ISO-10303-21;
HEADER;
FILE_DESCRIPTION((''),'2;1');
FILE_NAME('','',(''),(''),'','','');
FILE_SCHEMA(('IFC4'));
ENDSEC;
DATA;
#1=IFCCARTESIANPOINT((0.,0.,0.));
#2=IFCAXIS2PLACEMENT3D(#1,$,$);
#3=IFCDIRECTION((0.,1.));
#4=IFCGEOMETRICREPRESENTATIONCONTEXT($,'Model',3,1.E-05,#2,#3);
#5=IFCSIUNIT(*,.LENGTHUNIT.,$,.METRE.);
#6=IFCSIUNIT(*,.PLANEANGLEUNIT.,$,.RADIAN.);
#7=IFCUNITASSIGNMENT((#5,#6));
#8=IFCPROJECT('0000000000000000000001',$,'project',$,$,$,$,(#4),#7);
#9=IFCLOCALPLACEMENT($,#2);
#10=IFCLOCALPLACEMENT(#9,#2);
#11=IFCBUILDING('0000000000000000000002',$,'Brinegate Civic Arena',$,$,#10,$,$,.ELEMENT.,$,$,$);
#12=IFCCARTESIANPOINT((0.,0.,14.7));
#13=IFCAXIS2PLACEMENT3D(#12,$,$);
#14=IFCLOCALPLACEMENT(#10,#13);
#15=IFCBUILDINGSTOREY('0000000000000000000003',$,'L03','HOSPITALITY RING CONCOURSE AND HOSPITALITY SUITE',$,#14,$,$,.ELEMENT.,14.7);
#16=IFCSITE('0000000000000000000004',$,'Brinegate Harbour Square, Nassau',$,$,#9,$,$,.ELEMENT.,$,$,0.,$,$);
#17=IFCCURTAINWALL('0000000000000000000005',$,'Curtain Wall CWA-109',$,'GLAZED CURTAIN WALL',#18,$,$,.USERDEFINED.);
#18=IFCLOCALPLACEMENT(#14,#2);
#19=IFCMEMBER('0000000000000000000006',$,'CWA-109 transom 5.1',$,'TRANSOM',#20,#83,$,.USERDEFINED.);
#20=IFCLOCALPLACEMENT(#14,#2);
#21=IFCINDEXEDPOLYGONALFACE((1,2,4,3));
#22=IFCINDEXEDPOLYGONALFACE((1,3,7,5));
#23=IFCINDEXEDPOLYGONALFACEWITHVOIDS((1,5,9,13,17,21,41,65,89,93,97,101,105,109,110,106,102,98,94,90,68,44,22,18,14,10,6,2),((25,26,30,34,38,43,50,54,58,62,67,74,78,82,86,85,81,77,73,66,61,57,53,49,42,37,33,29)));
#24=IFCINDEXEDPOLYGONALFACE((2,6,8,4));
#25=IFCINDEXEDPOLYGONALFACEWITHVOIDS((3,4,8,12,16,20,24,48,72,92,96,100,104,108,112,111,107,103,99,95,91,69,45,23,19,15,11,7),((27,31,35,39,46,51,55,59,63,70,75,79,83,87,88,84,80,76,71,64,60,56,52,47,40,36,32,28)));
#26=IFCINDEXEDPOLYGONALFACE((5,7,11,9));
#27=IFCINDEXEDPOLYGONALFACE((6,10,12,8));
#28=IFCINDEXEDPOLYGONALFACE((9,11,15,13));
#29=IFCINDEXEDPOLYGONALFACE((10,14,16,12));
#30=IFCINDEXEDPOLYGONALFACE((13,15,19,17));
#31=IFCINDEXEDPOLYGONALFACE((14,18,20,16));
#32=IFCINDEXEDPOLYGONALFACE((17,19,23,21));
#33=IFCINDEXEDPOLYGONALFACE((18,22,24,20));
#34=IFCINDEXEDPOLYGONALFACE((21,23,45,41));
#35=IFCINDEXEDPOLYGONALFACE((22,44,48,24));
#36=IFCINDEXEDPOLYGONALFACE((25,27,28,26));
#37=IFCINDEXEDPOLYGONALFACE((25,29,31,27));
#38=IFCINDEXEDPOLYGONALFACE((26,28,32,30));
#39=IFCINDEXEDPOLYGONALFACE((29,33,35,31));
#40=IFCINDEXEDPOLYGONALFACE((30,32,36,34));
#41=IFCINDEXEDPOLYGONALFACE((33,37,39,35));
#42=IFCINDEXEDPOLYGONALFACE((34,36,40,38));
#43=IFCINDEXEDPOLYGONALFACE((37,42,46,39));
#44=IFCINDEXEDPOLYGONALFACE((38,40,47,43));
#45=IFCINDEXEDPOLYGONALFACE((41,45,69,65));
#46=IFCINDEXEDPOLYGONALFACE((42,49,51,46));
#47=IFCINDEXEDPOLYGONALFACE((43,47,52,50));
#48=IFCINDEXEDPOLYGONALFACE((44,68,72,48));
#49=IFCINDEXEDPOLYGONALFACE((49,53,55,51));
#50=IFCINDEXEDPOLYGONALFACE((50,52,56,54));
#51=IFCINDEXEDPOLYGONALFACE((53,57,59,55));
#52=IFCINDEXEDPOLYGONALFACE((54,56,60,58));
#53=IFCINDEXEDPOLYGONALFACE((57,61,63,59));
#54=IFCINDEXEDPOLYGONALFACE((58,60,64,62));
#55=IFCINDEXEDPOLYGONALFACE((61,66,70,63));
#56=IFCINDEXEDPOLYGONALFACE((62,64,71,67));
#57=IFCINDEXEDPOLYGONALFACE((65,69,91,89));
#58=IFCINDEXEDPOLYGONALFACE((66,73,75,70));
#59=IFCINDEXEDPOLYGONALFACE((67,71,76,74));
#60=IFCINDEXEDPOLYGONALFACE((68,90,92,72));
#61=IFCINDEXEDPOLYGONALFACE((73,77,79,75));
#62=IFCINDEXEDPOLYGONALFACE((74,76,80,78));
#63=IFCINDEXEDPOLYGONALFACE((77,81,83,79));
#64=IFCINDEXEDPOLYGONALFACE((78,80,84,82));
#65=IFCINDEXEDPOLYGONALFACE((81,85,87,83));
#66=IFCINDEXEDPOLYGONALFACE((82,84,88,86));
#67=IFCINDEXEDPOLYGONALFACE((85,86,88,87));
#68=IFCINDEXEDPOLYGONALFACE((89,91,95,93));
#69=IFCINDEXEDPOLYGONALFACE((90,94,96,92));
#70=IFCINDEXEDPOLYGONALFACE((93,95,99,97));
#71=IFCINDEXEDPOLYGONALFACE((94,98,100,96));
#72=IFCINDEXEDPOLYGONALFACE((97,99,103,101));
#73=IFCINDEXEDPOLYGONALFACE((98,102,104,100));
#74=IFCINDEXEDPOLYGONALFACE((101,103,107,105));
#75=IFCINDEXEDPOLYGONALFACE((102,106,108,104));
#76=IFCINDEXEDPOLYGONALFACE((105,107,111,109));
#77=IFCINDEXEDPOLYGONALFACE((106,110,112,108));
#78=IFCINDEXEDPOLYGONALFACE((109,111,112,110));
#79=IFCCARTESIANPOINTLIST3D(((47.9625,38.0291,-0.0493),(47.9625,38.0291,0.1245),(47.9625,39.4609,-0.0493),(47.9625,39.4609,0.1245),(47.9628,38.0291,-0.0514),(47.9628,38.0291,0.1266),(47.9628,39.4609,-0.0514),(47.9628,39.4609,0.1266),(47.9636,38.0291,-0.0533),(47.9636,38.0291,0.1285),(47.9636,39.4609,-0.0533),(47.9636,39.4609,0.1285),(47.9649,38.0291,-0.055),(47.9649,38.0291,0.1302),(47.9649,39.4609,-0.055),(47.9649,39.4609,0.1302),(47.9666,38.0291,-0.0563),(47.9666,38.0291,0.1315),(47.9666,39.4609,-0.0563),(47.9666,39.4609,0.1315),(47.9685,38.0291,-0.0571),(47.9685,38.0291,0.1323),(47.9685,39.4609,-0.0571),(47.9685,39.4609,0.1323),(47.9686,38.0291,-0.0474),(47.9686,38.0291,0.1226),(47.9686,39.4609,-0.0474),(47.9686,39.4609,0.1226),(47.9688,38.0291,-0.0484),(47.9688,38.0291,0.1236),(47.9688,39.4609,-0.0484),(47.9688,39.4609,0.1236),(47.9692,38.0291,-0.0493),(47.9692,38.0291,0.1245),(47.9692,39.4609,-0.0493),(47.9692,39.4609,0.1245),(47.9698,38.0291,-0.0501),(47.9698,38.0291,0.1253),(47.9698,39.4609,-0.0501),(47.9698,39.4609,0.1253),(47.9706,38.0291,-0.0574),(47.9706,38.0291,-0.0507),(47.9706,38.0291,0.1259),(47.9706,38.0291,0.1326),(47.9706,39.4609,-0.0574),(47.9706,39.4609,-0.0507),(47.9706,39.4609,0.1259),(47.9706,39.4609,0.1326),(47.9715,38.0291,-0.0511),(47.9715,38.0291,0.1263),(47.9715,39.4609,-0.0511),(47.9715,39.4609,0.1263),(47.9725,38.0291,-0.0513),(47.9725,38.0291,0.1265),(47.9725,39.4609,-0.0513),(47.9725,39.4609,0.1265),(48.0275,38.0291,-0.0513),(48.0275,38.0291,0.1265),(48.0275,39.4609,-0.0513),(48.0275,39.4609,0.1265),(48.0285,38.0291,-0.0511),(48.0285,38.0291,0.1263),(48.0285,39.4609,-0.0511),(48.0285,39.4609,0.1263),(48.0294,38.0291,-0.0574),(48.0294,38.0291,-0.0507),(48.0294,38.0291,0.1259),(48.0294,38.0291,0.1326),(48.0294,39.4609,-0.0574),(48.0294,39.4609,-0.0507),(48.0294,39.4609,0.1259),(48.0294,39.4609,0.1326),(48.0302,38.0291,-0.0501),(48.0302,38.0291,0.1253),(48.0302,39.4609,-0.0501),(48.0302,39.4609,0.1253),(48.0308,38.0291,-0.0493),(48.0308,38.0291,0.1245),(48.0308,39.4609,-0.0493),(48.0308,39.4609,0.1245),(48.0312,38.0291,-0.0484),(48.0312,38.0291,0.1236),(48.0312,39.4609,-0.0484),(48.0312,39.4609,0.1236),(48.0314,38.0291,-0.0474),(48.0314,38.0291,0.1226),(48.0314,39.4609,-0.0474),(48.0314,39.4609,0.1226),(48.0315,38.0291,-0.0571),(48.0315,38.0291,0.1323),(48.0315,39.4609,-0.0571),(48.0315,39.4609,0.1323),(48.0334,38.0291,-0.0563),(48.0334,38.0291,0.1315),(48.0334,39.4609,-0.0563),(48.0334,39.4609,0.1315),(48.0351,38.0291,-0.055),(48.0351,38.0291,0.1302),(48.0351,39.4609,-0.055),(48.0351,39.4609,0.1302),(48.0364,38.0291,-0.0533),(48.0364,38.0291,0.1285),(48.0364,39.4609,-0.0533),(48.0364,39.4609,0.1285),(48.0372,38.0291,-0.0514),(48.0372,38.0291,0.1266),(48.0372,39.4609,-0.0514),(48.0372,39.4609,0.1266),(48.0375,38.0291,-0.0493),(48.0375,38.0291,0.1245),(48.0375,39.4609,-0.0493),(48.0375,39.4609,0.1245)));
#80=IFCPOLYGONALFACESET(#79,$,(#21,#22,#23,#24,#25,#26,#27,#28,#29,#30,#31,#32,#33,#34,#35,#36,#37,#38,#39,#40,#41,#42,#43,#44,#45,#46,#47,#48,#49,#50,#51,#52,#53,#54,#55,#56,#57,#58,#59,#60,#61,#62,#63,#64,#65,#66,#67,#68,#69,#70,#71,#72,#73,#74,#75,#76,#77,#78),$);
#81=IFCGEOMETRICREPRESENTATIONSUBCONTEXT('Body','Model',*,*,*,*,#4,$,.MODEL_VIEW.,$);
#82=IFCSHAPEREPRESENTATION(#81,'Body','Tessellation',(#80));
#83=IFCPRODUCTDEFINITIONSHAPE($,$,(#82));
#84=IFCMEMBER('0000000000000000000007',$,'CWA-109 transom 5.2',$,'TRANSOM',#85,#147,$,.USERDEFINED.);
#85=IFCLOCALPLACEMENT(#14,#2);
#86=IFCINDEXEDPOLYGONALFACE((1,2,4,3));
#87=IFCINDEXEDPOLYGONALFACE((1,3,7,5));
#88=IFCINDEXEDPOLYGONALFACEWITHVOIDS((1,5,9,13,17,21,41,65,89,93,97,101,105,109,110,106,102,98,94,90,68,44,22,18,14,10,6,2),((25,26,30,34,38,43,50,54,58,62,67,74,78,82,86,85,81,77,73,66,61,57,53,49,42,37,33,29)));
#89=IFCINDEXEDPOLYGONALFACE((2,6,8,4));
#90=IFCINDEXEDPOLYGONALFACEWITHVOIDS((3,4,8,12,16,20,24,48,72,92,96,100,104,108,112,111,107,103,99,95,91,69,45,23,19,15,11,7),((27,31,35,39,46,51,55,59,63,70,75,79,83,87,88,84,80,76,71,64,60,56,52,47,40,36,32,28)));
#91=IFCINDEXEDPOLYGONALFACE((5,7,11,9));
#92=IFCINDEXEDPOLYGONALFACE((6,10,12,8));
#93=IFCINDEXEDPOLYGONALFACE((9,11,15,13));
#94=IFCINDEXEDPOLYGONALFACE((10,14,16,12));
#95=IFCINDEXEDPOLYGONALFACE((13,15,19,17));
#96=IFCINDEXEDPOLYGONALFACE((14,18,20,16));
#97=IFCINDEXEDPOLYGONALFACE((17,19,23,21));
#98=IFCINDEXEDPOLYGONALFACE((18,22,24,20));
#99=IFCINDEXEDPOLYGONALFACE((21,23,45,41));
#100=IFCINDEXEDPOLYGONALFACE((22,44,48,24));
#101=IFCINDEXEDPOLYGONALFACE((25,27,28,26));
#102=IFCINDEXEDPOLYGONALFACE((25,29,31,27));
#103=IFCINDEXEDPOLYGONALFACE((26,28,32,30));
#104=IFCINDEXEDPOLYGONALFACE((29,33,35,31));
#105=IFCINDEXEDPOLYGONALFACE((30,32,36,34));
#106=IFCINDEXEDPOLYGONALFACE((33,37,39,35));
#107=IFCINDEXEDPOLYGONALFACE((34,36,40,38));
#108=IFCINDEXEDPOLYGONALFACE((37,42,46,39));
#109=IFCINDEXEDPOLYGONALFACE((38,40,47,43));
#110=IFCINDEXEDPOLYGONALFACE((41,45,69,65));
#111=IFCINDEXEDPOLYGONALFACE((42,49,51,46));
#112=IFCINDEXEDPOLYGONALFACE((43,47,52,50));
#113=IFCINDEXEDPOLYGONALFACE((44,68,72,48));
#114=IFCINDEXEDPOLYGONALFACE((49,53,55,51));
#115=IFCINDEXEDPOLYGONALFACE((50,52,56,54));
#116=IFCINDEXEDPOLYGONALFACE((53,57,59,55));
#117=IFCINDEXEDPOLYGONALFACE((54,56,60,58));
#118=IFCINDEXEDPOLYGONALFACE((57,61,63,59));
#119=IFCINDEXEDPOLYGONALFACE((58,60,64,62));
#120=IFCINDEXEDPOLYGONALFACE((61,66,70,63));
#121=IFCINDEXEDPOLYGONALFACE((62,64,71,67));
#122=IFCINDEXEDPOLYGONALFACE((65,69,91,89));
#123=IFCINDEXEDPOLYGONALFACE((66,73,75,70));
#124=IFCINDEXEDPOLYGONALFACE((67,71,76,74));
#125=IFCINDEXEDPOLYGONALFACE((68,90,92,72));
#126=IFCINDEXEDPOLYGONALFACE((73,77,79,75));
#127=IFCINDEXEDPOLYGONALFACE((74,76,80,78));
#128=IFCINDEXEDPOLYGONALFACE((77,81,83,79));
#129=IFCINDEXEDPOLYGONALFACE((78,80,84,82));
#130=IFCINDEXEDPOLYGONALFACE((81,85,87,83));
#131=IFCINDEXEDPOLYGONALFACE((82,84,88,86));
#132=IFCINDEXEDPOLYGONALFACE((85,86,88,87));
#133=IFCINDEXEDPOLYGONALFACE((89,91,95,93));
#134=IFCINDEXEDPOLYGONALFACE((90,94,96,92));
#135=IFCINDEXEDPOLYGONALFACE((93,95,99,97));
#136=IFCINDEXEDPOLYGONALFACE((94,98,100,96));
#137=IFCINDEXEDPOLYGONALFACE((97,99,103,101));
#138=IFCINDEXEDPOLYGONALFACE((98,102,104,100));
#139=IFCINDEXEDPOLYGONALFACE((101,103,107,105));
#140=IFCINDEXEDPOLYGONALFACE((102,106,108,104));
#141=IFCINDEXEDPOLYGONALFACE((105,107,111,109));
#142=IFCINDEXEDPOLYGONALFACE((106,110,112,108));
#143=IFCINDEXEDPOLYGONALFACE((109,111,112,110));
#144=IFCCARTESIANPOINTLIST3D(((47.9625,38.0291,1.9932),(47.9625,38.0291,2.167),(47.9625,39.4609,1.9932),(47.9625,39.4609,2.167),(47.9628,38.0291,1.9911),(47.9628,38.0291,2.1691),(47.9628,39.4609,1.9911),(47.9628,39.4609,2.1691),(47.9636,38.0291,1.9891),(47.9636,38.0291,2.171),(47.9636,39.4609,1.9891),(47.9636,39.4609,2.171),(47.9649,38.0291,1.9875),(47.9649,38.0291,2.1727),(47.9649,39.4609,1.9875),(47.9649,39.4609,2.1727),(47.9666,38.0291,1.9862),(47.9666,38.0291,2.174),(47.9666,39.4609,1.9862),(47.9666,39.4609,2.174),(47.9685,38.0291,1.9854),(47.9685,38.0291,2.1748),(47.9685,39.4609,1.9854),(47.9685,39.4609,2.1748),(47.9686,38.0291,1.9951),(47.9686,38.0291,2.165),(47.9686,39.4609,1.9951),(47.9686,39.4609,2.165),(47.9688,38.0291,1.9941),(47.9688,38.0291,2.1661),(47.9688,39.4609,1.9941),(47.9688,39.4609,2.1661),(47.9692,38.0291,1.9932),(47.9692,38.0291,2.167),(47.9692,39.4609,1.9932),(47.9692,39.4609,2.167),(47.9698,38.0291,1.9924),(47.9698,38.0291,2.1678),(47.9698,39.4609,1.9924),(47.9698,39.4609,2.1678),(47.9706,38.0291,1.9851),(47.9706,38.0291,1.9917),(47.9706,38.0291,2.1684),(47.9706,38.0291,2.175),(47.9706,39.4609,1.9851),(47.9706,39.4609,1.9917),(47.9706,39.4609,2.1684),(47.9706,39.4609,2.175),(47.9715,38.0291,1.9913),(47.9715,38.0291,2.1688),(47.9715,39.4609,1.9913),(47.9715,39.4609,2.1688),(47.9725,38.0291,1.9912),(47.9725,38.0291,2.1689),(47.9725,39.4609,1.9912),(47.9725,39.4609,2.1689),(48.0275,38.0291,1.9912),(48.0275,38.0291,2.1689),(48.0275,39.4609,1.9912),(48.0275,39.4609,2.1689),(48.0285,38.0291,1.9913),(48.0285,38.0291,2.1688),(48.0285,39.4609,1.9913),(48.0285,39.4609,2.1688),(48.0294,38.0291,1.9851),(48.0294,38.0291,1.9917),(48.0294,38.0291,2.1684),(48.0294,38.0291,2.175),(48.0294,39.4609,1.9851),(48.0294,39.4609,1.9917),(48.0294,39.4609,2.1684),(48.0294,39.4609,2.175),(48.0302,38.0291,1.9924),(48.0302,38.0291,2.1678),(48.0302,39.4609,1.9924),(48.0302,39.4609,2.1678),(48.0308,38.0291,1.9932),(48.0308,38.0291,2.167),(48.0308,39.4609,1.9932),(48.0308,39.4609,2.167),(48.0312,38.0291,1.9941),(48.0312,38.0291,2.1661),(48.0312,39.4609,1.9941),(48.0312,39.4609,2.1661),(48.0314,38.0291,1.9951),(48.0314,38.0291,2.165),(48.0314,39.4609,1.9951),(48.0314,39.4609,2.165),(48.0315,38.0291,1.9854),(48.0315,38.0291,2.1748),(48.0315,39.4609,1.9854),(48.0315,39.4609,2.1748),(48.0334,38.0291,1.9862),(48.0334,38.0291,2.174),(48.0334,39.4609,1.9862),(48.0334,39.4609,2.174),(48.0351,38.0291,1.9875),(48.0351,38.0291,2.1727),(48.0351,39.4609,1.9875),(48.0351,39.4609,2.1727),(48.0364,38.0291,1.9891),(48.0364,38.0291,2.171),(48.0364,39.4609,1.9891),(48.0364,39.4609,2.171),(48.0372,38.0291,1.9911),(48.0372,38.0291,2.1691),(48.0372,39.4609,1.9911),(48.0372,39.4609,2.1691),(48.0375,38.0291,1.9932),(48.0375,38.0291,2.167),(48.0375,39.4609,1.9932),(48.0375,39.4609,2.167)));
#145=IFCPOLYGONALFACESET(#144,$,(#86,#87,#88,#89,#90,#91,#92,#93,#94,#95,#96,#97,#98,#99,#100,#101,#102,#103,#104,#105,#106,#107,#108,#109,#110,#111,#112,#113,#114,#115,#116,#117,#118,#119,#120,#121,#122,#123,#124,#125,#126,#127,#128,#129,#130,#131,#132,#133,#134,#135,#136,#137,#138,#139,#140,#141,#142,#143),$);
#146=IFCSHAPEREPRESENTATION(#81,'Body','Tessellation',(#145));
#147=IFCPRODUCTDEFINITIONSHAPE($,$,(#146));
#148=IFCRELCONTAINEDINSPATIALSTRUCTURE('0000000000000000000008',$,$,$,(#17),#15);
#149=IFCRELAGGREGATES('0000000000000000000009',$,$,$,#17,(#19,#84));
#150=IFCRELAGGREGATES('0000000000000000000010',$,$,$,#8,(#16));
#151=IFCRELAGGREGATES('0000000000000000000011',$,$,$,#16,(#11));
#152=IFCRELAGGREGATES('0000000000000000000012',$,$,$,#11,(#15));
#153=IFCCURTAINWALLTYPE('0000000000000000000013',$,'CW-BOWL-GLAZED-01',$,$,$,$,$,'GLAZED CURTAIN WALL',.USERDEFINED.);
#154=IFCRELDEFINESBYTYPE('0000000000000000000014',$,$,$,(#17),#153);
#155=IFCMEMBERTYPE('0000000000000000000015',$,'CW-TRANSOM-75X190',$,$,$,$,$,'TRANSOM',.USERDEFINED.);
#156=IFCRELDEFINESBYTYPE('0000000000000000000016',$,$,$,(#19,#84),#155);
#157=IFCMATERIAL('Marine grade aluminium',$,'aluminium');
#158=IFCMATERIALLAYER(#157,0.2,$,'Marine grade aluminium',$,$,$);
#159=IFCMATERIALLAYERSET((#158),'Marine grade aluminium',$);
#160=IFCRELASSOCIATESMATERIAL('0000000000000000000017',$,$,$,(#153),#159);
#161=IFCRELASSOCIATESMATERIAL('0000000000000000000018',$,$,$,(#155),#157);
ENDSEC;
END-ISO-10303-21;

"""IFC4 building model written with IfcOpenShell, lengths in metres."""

from ifc_helpers import new_model, si_unit, direction, frame, origin, origin_2d, place, context, subcontext, project, spatial, hollow_rectangle, extrude, material, layer, layer_set, material_profile, profile_set, type_object, element, aggregate, save


model = new_model("IFC4")

# Units and contexts
model_context = context("Model", 3, precision=1e-05, world=origin(), true_north=direction((0.0, 1.0)))
body_context = subcontext(model_context, "Body", "Model", "MODEL_VIEW")
ifc_project = project(units=[si_unit("LENGTHUNIT", "METRE"), si_unit("PLANEANGLEUNIT", "RADIAN")], contexts=[model_context])

# Site, building, storey
site_placement = place(None, origin())
site = spatial("IfcSite", under=ifc_project, at=site_placement, Name="Brinegate Harbour Square, Nassau", CompositionType="ELEMENT", RefElevation=0.0)
building_placement = place(site_placement, origin())
building = spatial("IfcBuilding", under=site, at=building_placement, Name="Brinegate Civic Arena", CompositionType="ELEMENT")
storey_placement = place(building_placement, frame((0.0, 0.0, 14.7)))
storey = spatial("IfcBuildingStorey", under=building, at=storey_placement, Name="L03", Description="HOSPITALITY RING CONCOURSE AND HOSPITALITY SUITE", CompositionType="ELEMENT", Elevation=14.7)

# Curtain wall
ifc_material_1 = material(Name="Marine grade aluminium", Category="aluminium")
ifc_layer_1 = layer(ifc_material_1, 0.2, Name="Marine grade aluminium")
ifc_layer_set_1 = layer_set([ifc_layer_1], Name="Marine grade aluminium")
curtain_wall_type = type_object("IfcCurtainWallType", Name="CW-BOWL-GLAZED-01", ElementType="GLAZED CURTAIN WALL", PredefinedType="USERDEFINED", material=ifc_layer_set_1)
curtain_wall_1_placement = place(storey_placement, origin())
curtain_wall_1 = element("IfcCurtainWall", 1, at=curtain_wall_1_placement, inside=storey, type_object=curtain_wall_type, Name="Curtain Wall CWA-109", ObjectType="GLAZED CURTAIN WALL", PredefinedType="USERDEFINED")

# Members
ifc_material_profile_1 = material_profile(ifc_material_1, hollow_rectangle(XDim=0.075, YDim=0.1899, WallThickness=0.0061, InnerFilletRadius=0.0039, OuterFilletRadius=0.0081, at=origin_2d()), Name="TRN75X190")
ifc_profile_set_1 = profile_set([ifc_material_profile_1], Name="Marine grade aluminium")
member_type_1 = type_object("IfcMemberType", Name="CW-TRANSOM-75X190", ElementType="TRANSOM", PredefinedType="USERDEFINED", material=ifc_profile_set_1)
member_1_placement = place(storey_placement, frame((48.0, 38.0291, 0.0376), z_axis=(0.0, 1.0, 0.0), x_axis=(-1.0, 0.0, 0.0)))
member_1 = element("IfcMember", 2, at=member_1_placement, type_object=member_type_1, Name="CWA-109 transom 5.1", ObjectType="TRANSOM", PredefinedType="USERDEFINED", context=body_context, shape_type="SweptSolid", body=[
    extrude(hollow_rectangle(XDim=0.075, YDim=0.1899, WallThickness=0.0061, InnerFilletRadius=0.0039, OuterFilletRadius=0.0081, at=origin_2d()), origin(), (0.0, 0.0, 1.0), 1.4319),
])
member_2_placement = place(storey_placement, frame((48.0, 38.0291, 2.0801), z_axis=(0.0, 1.0, 0.0), x_axis=(-1.0, 0.0, 0.0)))
member_2 = element("IfcMember", 3, at=member_2_placement, type_object=member_type_1, Name="CWA-109 transom 5.2", ObjectType="TRANSOM", PredefinedType="USERDEFINED", context=body_context, shape_type="SweptSolid", body=[
    extrude(hollow_rectangle(XDim=0.075, YDim=0.1899, WallThickness=0.0061, InnerFilletRadius=0.0039, OuterFilletRadius=0.0081, at=origin_2d()), origin(), (0.0, 0.0, 1.0), 1.4319),
])

aggregate(curtain_wall_1, [member_1, member_2])

save(model, "model.ifc")
